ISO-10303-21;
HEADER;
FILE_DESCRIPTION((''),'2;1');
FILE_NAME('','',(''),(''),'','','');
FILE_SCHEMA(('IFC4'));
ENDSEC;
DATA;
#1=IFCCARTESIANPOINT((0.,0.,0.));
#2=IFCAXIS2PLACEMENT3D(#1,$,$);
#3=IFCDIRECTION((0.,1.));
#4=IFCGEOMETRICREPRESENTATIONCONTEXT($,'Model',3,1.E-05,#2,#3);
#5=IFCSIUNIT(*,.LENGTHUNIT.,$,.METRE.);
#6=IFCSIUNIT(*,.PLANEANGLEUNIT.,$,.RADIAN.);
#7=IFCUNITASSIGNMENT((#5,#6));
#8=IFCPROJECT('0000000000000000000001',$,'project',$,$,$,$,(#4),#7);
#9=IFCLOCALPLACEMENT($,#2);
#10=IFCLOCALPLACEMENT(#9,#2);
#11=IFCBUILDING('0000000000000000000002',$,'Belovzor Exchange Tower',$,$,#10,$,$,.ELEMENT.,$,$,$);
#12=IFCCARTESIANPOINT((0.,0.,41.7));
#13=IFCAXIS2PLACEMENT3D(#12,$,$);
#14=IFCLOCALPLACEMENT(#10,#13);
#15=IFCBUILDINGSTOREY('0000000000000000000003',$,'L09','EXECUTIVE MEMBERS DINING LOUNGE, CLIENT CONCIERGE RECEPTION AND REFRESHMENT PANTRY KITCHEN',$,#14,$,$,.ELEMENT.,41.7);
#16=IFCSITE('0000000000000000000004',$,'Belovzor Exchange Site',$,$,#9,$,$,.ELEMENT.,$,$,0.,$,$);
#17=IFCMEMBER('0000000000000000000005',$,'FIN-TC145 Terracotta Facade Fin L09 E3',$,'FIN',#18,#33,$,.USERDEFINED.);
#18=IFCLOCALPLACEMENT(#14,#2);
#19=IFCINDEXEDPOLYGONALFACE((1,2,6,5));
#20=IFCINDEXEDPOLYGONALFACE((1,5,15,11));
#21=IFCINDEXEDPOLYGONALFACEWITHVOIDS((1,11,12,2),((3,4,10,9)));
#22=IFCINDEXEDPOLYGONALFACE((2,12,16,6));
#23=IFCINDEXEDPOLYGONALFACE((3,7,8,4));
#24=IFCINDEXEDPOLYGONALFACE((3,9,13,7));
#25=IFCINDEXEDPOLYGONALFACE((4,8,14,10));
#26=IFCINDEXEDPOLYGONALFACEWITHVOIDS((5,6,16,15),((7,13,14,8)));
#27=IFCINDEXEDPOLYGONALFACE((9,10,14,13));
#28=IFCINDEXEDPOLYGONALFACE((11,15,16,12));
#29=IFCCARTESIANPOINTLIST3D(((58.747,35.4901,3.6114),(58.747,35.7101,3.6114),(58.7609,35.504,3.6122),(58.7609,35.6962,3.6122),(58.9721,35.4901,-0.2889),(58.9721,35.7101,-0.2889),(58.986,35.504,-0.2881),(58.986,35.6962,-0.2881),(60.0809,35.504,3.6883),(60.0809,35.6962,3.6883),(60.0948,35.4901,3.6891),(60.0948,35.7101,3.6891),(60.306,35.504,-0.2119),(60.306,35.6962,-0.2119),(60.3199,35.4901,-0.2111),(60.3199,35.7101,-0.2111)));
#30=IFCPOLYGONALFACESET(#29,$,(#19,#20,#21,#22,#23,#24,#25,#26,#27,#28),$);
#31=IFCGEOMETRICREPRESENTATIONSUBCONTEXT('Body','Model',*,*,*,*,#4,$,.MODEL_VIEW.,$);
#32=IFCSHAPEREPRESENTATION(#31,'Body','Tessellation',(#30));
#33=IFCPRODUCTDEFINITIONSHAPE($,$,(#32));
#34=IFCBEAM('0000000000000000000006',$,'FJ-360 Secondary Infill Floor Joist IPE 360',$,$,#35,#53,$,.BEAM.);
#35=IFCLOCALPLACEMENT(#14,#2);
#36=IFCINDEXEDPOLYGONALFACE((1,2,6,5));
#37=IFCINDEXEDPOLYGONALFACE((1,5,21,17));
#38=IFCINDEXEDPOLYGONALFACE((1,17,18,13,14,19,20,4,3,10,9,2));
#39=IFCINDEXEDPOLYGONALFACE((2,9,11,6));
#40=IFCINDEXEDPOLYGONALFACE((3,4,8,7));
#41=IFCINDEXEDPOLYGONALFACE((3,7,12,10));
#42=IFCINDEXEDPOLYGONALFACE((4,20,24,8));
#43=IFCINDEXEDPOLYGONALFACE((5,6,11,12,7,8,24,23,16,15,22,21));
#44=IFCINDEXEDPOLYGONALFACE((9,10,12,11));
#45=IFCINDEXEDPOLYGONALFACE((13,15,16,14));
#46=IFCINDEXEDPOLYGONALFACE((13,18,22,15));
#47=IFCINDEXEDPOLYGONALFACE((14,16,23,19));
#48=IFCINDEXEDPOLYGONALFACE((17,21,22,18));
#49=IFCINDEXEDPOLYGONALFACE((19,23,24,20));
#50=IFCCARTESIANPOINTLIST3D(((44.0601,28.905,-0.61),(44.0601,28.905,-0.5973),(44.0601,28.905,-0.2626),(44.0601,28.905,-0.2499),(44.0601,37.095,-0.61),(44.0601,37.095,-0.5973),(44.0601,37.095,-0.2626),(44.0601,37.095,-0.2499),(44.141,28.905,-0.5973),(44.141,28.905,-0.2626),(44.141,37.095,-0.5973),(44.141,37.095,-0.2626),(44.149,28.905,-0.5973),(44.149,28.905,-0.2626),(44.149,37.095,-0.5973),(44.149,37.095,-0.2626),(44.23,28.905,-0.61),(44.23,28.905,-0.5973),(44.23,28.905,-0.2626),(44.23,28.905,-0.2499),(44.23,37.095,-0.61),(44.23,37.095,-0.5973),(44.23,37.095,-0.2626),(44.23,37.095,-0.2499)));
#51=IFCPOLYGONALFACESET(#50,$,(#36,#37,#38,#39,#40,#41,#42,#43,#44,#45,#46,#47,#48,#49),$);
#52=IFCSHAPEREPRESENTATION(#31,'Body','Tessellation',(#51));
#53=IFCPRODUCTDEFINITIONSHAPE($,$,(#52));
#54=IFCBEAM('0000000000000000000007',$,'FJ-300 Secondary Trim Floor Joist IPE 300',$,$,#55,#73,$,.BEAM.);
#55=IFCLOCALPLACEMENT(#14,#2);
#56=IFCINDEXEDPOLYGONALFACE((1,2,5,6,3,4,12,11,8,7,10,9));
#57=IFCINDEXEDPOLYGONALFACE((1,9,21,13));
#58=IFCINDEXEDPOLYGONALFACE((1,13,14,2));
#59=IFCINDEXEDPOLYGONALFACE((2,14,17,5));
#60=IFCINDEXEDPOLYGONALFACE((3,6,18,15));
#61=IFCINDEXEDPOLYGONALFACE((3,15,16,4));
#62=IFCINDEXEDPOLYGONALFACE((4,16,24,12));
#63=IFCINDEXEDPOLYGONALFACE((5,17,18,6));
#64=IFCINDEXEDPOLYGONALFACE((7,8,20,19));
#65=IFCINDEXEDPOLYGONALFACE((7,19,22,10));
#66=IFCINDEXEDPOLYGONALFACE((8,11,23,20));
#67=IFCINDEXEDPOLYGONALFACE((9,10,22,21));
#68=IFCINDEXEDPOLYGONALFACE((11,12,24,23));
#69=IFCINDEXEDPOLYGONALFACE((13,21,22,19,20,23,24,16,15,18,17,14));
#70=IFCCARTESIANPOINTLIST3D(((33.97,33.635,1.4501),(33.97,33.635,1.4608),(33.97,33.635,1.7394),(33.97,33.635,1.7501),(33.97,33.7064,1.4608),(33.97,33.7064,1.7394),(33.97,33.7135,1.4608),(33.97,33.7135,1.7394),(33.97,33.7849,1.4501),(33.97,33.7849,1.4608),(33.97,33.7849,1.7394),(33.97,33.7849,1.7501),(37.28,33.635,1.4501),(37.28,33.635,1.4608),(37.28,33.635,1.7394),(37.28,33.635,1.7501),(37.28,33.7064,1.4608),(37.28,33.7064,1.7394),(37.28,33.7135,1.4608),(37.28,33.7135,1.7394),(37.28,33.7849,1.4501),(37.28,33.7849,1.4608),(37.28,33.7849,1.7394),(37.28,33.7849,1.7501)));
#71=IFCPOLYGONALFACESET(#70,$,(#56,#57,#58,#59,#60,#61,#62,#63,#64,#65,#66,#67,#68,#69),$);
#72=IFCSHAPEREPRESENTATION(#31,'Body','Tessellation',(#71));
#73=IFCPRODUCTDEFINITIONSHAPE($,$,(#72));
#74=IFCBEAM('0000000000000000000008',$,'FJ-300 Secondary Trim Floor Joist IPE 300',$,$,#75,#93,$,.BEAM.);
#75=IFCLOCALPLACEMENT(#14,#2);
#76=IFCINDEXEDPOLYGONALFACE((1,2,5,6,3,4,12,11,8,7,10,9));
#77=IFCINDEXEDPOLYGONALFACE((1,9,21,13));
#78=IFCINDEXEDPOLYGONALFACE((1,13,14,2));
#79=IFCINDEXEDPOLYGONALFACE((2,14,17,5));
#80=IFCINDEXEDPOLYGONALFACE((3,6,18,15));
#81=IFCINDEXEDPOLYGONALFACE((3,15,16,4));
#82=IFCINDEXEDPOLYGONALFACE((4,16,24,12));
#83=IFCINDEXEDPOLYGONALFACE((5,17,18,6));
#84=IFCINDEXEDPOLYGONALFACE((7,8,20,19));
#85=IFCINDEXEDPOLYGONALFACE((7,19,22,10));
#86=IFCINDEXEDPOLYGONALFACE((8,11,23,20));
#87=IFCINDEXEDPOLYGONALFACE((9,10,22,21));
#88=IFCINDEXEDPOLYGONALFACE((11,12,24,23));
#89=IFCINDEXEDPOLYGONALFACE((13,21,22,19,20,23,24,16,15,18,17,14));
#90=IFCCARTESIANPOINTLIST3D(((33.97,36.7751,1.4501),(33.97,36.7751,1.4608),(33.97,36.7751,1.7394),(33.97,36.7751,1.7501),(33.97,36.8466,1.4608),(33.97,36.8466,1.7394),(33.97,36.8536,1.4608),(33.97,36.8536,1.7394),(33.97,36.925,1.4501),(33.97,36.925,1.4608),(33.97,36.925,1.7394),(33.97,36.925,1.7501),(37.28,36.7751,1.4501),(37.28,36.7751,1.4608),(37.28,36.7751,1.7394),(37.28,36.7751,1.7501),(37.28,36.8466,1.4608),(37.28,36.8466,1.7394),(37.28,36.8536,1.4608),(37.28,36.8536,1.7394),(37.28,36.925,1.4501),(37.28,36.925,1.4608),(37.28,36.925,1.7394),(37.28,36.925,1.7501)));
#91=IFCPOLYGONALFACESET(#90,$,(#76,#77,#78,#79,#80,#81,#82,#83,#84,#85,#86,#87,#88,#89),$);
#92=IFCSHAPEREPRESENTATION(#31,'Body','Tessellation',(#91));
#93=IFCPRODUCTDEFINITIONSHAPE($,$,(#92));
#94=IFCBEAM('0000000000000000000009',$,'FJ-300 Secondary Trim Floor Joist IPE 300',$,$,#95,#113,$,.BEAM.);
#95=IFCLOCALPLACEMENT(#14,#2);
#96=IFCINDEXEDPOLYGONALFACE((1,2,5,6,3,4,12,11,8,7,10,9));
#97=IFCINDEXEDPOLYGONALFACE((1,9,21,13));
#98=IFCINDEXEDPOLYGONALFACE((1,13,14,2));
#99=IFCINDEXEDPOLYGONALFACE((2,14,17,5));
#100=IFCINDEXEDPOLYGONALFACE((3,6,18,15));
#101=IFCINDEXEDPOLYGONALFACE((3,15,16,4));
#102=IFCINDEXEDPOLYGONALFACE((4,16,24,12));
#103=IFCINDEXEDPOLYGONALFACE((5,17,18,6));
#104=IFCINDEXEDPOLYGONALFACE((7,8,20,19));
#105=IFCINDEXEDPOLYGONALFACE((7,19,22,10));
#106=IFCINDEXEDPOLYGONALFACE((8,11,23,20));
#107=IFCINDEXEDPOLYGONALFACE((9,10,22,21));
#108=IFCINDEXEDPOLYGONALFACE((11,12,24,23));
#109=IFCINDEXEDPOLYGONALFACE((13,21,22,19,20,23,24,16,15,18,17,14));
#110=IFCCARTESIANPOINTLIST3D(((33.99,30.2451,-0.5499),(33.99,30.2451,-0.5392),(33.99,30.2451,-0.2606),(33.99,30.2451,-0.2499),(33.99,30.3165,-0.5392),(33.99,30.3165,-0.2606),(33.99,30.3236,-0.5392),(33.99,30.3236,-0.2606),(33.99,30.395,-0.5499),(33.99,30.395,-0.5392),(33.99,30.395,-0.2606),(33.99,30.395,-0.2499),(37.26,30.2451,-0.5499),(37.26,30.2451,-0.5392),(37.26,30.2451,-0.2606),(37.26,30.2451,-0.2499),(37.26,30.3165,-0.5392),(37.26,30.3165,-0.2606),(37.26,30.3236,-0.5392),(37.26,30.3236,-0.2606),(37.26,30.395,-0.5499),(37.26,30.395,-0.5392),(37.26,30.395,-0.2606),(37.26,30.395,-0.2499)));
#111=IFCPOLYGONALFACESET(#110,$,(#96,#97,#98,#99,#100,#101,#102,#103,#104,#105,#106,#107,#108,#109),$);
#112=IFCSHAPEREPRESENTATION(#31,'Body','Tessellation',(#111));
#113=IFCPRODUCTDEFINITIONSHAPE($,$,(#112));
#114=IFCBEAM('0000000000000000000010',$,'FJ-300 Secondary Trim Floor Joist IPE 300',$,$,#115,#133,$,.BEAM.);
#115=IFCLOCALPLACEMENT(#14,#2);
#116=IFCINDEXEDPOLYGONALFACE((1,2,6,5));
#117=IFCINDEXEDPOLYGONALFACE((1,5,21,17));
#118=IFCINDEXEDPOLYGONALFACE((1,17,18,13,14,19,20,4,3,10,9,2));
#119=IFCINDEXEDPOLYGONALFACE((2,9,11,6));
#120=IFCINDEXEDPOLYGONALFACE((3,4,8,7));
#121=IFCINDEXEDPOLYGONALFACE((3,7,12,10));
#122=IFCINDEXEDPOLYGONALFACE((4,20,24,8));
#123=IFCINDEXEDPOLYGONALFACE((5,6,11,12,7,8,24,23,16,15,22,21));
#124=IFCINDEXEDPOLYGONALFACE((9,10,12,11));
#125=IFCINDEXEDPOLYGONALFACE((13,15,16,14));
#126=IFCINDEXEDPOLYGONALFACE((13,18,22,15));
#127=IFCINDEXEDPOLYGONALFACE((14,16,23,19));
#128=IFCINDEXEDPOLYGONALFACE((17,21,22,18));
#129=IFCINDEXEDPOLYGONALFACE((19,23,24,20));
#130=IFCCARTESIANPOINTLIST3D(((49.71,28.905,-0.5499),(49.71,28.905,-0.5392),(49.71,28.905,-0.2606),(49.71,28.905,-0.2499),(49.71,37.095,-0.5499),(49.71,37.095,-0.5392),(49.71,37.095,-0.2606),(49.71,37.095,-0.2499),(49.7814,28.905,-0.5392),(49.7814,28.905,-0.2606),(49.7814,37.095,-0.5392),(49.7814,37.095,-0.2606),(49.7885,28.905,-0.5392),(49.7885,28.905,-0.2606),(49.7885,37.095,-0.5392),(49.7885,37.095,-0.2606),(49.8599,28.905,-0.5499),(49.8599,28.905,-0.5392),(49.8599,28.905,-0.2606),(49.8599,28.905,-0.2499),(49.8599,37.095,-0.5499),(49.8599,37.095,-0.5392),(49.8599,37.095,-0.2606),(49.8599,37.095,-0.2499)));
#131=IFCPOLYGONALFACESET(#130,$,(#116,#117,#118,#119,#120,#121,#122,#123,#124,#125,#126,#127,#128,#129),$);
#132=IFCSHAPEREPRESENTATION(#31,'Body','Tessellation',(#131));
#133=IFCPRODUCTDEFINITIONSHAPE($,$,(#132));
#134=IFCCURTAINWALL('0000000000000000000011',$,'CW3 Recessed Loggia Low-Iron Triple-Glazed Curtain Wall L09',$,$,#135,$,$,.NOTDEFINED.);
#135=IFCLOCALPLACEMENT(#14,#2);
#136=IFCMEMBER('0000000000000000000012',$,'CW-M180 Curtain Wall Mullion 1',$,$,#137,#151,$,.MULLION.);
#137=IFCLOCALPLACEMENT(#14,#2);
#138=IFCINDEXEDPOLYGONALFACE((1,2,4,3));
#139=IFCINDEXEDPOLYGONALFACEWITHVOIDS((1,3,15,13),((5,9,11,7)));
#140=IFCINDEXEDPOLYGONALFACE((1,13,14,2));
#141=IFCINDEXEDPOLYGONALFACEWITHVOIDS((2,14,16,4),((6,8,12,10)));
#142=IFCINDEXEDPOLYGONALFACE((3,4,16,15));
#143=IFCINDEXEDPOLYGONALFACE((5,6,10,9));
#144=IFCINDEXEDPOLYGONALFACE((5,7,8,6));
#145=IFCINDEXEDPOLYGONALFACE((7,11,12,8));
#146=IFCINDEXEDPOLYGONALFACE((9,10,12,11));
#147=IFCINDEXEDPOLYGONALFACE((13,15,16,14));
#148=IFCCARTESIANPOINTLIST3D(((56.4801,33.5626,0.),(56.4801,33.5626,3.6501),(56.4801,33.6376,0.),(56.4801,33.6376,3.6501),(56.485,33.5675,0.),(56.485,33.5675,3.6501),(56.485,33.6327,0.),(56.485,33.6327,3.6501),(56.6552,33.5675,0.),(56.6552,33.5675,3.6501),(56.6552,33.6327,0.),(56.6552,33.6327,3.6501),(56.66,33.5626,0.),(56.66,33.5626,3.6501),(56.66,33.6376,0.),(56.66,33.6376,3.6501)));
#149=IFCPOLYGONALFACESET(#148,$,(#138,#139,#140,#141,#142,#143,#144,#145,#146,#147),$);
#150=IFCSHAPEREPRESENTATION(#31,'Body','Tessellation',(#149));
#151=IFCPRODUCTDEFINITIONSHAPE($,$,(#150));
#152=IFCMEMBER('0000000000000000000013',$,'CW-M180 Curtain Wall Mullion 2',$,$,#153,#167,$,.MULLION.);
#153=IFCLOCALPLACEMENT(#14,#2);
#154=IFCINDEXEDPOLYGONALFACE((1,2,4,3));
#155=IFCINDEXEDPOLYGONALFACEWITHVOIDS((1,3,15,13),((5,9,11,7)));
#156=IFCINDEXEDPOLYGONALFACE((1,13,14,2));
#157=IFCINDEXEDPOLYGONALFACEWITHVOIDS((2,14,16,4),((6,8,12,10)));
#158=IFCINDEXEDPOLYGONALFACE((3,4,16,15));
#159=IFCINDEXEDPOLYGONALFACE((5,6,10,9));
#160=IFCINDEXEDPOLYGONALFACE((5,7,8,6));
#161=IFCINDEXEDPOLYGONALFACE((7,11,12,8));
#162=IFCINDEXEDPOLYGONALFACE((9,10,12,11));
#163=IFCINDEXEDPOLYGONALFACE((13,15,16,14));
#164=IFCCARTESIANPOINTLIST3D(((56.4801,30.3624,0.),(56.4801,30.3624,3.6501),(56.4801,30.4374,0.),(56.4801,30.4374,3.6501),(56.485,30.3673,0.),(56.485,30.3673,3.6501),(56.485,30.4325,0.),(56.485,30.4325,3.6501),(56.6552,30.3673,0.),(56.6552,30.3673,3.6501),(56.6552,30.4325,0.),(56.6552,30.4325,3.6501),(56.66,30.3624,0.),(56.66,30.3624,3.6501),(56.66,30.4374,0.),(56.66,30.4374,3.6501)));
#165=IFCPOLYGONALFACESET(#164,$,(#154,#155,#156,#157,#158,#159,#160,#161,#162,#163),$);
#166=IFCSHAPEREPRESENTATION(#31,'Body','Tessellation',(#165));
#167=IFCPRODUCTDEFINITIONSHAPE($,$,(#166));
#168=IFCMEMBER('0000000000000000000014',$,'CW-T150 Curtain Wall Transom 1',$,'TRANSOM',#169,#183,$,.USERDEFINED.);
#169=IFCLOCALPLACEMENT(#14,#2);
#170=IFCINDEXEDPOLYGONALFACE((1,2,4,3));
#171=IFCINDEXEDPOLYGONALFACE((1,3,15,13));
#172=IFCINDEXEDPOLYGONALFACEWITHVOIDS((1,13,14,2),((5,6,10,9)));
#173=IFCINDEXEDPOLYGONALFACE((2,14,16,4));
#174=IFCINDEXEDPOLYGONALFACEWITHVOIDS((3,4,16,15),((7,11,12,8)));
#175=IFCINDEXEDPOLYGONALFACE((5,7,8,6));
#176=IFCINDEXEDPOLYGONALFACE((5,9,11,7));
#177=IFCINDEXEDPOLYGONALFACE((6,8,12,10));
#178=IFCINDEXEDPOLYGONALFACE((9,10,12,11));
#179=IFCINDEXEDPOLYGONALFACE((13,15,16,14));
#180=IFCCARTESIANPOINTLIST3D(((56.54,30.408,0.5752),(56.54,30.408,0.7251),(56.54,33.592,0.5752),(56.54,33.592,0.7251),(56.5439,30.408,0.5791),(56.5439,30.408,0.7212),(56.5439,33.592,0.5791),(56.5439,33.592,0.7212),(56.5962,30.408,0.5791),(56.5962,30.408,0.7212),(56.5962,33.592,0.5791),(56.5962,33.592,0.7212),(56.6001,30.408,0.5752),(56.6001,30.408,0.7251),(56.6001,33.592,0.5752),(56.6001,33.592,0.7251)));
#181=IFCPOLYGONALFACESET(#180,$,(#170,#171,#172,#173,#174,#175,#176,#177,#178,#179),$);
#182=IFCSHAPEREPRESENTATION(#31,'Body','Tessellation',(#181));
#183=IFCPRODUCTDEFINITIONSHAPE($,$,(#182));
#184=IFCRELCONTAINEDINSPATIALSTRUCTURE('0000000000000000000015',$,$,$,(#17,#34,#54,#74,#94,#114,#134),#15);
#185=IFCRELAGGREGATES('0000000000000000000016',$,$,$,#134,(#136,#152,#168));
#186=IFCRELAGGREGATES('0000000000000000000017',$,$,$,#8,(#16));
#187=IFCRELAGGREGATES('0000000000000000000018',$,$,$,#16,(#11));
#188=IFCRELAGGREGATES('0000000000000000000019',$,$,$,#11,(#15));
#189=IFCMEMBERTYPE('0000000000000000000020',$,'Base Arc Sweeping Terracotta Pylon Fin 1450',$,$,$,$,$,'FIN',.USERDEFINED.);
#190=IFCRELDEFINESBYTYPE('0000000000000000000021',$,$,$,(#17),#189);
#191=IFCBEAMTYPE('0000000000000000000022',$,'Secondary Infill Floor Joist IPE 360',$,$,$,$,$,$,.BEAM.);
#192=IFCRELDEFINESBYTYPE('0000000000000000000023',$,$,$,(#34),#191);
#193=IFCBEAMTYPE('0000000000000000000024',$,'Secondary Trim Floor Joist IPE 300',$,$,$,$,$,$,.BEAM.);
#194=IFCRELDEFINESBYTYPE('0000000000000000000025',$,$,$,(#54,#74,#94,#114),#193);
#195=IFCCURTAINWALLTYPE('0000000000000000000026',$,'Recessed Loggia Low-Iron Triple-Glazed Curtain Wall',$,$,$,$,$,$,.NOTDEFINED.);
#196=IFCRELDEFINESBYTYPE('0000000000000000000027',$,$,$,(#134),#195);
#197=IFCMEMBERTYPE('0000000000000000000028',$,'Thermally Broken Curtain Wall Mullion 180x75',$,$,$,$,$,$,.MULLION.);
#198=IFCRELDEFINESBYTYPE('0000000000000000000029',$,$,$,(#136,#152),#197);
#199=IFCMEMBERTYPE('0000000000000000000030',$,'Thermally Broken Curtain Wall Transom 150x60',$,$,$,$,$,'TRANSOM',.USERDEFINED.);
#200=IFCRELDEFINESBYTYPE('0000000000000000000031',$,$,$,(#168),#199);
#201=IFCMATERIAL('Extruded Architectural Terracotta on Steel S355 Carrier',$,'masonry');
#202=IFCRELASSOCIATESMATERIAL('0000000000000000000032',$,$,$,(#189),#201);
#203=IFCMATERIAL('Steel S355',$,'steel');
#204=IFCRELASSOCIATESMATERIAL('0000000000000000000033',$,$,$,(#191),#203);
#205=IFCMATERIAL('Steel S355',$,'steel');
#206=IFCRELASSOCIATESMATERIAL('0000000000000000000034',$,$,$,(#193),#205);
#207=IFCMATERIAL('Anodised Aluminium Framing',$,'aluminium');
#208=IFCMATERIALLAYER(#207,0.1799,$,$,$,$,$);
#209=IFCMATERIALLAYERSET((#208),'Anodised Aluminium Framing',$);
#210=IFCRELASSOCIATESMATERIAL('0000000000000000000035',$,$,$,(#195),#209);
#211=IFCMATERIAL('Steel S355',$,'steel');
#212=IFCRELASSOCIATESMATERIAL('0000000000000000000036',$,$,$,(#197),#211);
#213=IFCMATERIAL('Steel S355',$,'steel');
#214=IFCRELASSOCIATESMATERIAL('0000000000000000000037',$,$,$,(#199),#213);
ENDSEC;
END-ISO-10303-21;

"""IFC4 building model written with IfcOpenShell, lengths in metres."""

from ifc_helpers import new_model, si_unit, direction, frame, origin, origin_2d, place, context, subcontext, project, spatial, hollow_rectangle, i_section, extrude, material, layer, layer_set, material_profile, profile_set, type_object, element, aggregate, save


model = new_model("IFC4")

# Units and contexts
model_context = context("Model", 3, precision=1e-05, world=origin(), true_north=direction((0.0, 1.0)))
body_context = subcontext(model_context, "Body", "Model", "MODEL_VIEW")
ifc_project = project(units=[si_unit("LENGTHUNIT", "METRE"), si_unit("PLANEANGLEUNIT", "RADIAN")], contexts=[model_context])

# Site, building, storey
site_placement = place(None, origin())
site = spatial("IfcSite", under=ifc_project, at=site_placement, Name="Belovzor Exchange Site", CompositionType="ELEMENT", RefElevation=0.0)
building_placement = place(site_placement, origin())
building = spatial("IfcBuilding", under=site, at=building_placement, Name="Belovzor Exchange Tower", CompositionType="ELEMENT")
storey_placement = place(building_placement, frame((0.0, 0.0, 41.7)))
storey = spatial("IfcBuildingStorey", under=building, at=storey_placement, Name="L09", Description="EXECUTIVE MEMBERS DINING LOUNGE, CLIENT CONCIERGE RECEPTION AND REFRESHMENT PANTRY KITCHEN", CompositionType="ELEMENT", Elevation=41.7)

# Member
ifc_material_1 = material(Name="Extruded Architectural Terracotta on Steel S355 Carrier", Category="masonry")
ifc_material_profile_1 = material_profile(ifc_material_1, hollow_rectangle(XDim=0.22, YDim=1.3501, WallThickness=0.0139, at=origin_2d()))
ifc_profile_set_1 = profile_set([ifc_material_profile_1], Name="Extruded Architectural Terracotta on Steel S355 Carrier")
member_type_1 = type_object("IfcMemberType", Name="Base Arc Sweeping Terracotta Pylon Fin 1450", ElementType="FIN", PredefinedType="USERDEFINED", material=ifc_profile_set_1)
member_1_placement = place(storey_placement, frame((59.646, 35.6001, -0.25), z_axis=(-0.057619, 0.0, 0.998339), x_axis=(0.0, -1.0, 0.0)))
element("IfcMember", 1, at=member_1_placement, inside=storey, type_object=member_type_1, Name="FIN-TC145 Terracotta Facade Fin L09 E3", ObjectType="FIN", PredefinedType="USERDEFINED", context=body_context, shape_type="SweptSolid", body=[
    extrude(hollow_rectangle(XDim=0.22, YDim=1.3501, WallThickness=0.0139, at=origin_2d()), origin(), (0.0, 0.0, 1.0), 3.9067),
])

# Beams
ifc_material_2 = material(Name="Steel S355", Category="steel")
ifc_material_profile_2 = material_profile(ifc_material_2, i_section(OverallWidth=0.1699, OverallDepth=0.3601, WebThickness=0.0081, FlangeThickness=0.0127, at=origin_2d()))
ifc_profile_set_2 = profile_set([ifc_material_profile_2], Name="Steel S355")
beam_type_1 = type_object("IfcBeamType", Name="Secondary Infill Floor Joist IPE 360", PredefinedType="BEAM", material=ifc_profile_set_2)
beam_1_placement = place(storey_placement, frame((44.145, 28.905, -0.4299), z_axis=(0.0, 1.0, 0.0), x_axis=(-1.0, 0.0, 0.0)))
element("IfcBeam", 2, at=beam_1_placement, inside=storey, type_object=beam_type_1, Name="FJ-360 Secondary Infill Floor Joist IPE 360", PredefinedType="BEAM", context=body_context, shape_type="SweptSolid", body=[
    extrude(i_section(OverallWidth=0.1699, OverallDepth=0.3601, WebThickness=0.0081, FlangeThickness=0.0127, at=origin_2d()), origin(), (0.0, 0.0, 1.0), 8.1899),
])
ifc_material_3 = material(Name="Steel S355", Category="steel")
ifc_material_profile_3 = material_profile(ifc_material_3, i_section(OverallWidth=0.1499, OverallDepth=0.3, WebThickness=0.0071, FlangeThickness=0.0107, at=origin_2d()))
ifc_profile_set_3 = profile_set([ifc_material_profile_3], Name="Steel S355")
beam_type_2 = type_object("IfcBeamType", Name="Secondary Trim Floor Joist IPE 300", PredefinedType="BEAM", material=ifc_profile_set_3)
for number, where, z_axis, x_axis, name in (
    (3, (37.28, 33.71, 1.6001), (-1.0, 0.0, 0.0), (0.0, -1.0, 0.0), "FJ-300 Secondary Trim Floor Joist IPE 300"),
    (4, (37.28, 36.8501, 1.6001), (-1.0, 0.0, 0.0), (0.0, -1.0, 0.0), "FJ-300 Secondary Trim Floor Joist IPE 300"),
):
    element("IfcBeam", number, at=place(storey_placement, frame(where, z_axis=z_axis, x_axis=x_axis)), inside=storey, type_object=beam_type_2, Name=name, PredefinedType="BEAM", context=body_context, shape_type="SweptSolid", body=[
        extrude(i_section(OverallWidth=0.1499, OverallDepth=0.3, WebThickness=0.0071, FlangeThickness=0.0107, at=origin_2d()), origin(), (0.0, 0.0, 1.0), 3.3101),
    ])
beam_2_placement = place(storey_placement, frame((37.26, 30.3201, -0.3999), z_axis=(-1.0, 0.0, 0.0), x_axis=(0.0, -1.0, 0.0)))
element("IfcBeam", 5, at=beam_2_placement, inside=storey, type_object=beam_type_2, Name="FJ-300 Secondary Trim Floor Joist IPE 300", PredefinedType="BEAM", context=body_context, shape_type="SweptSolid", body=[
    extrude(i_section(OverallWidth=0.1499, OverallDepth=0.3, WebThickness=0.0071, FlangeThickness=0.0107, at=origin_2d()), origin(), (0.0, 0.0, 1.0), 3.27),
])
beam_3_placement = place(storey_placement, frame((49.7849, 28.905, -0.3999), z_axis=(0.0, 1.0, 0.0), x_axis=(-1.0, 0.0, 0.0)))
element("IfcBeam", 6, at=beam_3_placement, inside=storey, type_object=beam_type_2, Name="FJ-300 Secondary Trim Floor Joist IPE 300", PredefinedType="BEAM", context=body_context, shape_type="SweptSolid", body=[
    extrude(i_section(OverallWidth=0.1499, OverallDepth=0.3, WebThickness=0.0071, FlangeThickness=0.0107, at=origin_2d()), origin(), (0.0, 0.0, 1.0), 8.1899),
])

# Curtain wall, members
ifc_material_4 = material(Name="Anodised Aluminium Framing", Category="aluminium")
ifc_layer_1 = layer(ifc_material_4, 0.1799)
ifc_layer_set_1 = layer_set([ifc_layer_1], Name="Anodised Aluminium Framing")
curtain_wall_type = type_object("IfcCurtainWallType", Name="Recessed Loggia Low-Iron Triple-Glazed Curtain Wall", PredefinedType="NOTDEFINED", material=ifc_layer_set_1)
curtain_wall_placement = place(storey_placement, origin())
curtain_wall = element("IfcCurtainWall", 7, at=curtain_wall_placement, inside=storey, type_object=curtain_wall_type, Name="CW3 Recessed Loggia Low-Iron Triple-Glazed Curtain Wall L09", PredefinedType="NOTDEFINED")
ifc_material_5 = material(Name="Steel S355", Category="steel")
ifc_material_profile_4 = material_profile(ifc_material_5, hollow_rectangle(XDim=0.075, YDim=0.1799, WallThickness=0.0049, at=origin_2d()))
ifc_profile_set_4 = profile_set([ifc_material_profile_4], Name="Steel S355")
member_type_2 = type_object("IfcMemberType", Name="Thermally Broken Curtain Wall Mullion 180x75", PredefinedType="MULLION", material=ifc_profile_set_4)
member_2_placement = place(storey_placement, frame((56.5701, 33.6001, 0.0), z_axis=(0.0, 0.0, 1.0), x_axis=(0.0, -1.0, 0.0)))
member_2 = element("IfcMember", 8, at=member_2_placement, type_object=member_type_2, Name="CW-M180 Curtain Wall Mullion 1", PredefinedType="MULLION", context=body_context, shape_type="SweptSolid", body=[
    extrude(hollow_rectangle(XDim=0.075, YDim=0.1799, WallThickness=0.0049, at=origin_2d()), origin(), (0.0, 0.0, 1.0), 3.6501),
])
member_3_placement = place(storey_placement, frame((56.5701, 30.3999, 0.0), z_axis=(0.0, 0.0, 1.0), x_axis=(0.0, -1.0, 0.0)))
member_3 = element("IfcMember", 9, at=member_3_placement, type_object=member_type_2, Name="CW-M180 Curtain Wall Mullion 2", PredefinedType="MULLION", context=body_context, shape_type="SweptSolid", body=[
    extrude(hollow_rectangle(XDim=0.075, YDim=0.1799, WallThickness=0.0049, at=origin_2d()), origin(), (0.0, 0.0, 1.0), 3.6501),
])
ifc_material_6 = material(Name="Steel S355", Category="steel")
ifc_material_profile_5 = material_profile(ifc_material_6, hollow_rectangle(XDim=0.0601, YDim=0.1499, WallThickness=0.0039, at=origin_2d()))
ifc_profile_set_5 = profile_set([ifc_material_profile_5], Name="Steel S355")
member_type_3 = type_object("IfcMemberType", Name="Thermally Broken Curtain Wall Transom 150x60", ElementType="TRANSOM", PredefinedType="USERDEFINED", material=ifc_profile_set_5)
member_4_placement = place(storey_placement, frame((56.5701, 33.592, 0.6501), z_axis=(0.0, -1.0, 0.0), x_axis=(1.0, 0.0, 0.0)))
member_4 = element("IfcMember", 10, at=member_4_placement, type_object=member_type_3, Name="CW-T150 Curtain Wall Transom 1", ObjectType="TRANSOM", PredefinedType="USERDEFINED", context=body_context, shape_type="SweptSolid", body=[
    extrude(hollow_rectangle(XDim=0.0601, YDim=0.1499, WallThickness=0.0039, at=origin_2d()), origin(), (0.0, 0.0, 1.0), 3.1841),
])

aggregate(curtain_wall, [member_2, member_3, member_4])

save(model, "model.ifc")
